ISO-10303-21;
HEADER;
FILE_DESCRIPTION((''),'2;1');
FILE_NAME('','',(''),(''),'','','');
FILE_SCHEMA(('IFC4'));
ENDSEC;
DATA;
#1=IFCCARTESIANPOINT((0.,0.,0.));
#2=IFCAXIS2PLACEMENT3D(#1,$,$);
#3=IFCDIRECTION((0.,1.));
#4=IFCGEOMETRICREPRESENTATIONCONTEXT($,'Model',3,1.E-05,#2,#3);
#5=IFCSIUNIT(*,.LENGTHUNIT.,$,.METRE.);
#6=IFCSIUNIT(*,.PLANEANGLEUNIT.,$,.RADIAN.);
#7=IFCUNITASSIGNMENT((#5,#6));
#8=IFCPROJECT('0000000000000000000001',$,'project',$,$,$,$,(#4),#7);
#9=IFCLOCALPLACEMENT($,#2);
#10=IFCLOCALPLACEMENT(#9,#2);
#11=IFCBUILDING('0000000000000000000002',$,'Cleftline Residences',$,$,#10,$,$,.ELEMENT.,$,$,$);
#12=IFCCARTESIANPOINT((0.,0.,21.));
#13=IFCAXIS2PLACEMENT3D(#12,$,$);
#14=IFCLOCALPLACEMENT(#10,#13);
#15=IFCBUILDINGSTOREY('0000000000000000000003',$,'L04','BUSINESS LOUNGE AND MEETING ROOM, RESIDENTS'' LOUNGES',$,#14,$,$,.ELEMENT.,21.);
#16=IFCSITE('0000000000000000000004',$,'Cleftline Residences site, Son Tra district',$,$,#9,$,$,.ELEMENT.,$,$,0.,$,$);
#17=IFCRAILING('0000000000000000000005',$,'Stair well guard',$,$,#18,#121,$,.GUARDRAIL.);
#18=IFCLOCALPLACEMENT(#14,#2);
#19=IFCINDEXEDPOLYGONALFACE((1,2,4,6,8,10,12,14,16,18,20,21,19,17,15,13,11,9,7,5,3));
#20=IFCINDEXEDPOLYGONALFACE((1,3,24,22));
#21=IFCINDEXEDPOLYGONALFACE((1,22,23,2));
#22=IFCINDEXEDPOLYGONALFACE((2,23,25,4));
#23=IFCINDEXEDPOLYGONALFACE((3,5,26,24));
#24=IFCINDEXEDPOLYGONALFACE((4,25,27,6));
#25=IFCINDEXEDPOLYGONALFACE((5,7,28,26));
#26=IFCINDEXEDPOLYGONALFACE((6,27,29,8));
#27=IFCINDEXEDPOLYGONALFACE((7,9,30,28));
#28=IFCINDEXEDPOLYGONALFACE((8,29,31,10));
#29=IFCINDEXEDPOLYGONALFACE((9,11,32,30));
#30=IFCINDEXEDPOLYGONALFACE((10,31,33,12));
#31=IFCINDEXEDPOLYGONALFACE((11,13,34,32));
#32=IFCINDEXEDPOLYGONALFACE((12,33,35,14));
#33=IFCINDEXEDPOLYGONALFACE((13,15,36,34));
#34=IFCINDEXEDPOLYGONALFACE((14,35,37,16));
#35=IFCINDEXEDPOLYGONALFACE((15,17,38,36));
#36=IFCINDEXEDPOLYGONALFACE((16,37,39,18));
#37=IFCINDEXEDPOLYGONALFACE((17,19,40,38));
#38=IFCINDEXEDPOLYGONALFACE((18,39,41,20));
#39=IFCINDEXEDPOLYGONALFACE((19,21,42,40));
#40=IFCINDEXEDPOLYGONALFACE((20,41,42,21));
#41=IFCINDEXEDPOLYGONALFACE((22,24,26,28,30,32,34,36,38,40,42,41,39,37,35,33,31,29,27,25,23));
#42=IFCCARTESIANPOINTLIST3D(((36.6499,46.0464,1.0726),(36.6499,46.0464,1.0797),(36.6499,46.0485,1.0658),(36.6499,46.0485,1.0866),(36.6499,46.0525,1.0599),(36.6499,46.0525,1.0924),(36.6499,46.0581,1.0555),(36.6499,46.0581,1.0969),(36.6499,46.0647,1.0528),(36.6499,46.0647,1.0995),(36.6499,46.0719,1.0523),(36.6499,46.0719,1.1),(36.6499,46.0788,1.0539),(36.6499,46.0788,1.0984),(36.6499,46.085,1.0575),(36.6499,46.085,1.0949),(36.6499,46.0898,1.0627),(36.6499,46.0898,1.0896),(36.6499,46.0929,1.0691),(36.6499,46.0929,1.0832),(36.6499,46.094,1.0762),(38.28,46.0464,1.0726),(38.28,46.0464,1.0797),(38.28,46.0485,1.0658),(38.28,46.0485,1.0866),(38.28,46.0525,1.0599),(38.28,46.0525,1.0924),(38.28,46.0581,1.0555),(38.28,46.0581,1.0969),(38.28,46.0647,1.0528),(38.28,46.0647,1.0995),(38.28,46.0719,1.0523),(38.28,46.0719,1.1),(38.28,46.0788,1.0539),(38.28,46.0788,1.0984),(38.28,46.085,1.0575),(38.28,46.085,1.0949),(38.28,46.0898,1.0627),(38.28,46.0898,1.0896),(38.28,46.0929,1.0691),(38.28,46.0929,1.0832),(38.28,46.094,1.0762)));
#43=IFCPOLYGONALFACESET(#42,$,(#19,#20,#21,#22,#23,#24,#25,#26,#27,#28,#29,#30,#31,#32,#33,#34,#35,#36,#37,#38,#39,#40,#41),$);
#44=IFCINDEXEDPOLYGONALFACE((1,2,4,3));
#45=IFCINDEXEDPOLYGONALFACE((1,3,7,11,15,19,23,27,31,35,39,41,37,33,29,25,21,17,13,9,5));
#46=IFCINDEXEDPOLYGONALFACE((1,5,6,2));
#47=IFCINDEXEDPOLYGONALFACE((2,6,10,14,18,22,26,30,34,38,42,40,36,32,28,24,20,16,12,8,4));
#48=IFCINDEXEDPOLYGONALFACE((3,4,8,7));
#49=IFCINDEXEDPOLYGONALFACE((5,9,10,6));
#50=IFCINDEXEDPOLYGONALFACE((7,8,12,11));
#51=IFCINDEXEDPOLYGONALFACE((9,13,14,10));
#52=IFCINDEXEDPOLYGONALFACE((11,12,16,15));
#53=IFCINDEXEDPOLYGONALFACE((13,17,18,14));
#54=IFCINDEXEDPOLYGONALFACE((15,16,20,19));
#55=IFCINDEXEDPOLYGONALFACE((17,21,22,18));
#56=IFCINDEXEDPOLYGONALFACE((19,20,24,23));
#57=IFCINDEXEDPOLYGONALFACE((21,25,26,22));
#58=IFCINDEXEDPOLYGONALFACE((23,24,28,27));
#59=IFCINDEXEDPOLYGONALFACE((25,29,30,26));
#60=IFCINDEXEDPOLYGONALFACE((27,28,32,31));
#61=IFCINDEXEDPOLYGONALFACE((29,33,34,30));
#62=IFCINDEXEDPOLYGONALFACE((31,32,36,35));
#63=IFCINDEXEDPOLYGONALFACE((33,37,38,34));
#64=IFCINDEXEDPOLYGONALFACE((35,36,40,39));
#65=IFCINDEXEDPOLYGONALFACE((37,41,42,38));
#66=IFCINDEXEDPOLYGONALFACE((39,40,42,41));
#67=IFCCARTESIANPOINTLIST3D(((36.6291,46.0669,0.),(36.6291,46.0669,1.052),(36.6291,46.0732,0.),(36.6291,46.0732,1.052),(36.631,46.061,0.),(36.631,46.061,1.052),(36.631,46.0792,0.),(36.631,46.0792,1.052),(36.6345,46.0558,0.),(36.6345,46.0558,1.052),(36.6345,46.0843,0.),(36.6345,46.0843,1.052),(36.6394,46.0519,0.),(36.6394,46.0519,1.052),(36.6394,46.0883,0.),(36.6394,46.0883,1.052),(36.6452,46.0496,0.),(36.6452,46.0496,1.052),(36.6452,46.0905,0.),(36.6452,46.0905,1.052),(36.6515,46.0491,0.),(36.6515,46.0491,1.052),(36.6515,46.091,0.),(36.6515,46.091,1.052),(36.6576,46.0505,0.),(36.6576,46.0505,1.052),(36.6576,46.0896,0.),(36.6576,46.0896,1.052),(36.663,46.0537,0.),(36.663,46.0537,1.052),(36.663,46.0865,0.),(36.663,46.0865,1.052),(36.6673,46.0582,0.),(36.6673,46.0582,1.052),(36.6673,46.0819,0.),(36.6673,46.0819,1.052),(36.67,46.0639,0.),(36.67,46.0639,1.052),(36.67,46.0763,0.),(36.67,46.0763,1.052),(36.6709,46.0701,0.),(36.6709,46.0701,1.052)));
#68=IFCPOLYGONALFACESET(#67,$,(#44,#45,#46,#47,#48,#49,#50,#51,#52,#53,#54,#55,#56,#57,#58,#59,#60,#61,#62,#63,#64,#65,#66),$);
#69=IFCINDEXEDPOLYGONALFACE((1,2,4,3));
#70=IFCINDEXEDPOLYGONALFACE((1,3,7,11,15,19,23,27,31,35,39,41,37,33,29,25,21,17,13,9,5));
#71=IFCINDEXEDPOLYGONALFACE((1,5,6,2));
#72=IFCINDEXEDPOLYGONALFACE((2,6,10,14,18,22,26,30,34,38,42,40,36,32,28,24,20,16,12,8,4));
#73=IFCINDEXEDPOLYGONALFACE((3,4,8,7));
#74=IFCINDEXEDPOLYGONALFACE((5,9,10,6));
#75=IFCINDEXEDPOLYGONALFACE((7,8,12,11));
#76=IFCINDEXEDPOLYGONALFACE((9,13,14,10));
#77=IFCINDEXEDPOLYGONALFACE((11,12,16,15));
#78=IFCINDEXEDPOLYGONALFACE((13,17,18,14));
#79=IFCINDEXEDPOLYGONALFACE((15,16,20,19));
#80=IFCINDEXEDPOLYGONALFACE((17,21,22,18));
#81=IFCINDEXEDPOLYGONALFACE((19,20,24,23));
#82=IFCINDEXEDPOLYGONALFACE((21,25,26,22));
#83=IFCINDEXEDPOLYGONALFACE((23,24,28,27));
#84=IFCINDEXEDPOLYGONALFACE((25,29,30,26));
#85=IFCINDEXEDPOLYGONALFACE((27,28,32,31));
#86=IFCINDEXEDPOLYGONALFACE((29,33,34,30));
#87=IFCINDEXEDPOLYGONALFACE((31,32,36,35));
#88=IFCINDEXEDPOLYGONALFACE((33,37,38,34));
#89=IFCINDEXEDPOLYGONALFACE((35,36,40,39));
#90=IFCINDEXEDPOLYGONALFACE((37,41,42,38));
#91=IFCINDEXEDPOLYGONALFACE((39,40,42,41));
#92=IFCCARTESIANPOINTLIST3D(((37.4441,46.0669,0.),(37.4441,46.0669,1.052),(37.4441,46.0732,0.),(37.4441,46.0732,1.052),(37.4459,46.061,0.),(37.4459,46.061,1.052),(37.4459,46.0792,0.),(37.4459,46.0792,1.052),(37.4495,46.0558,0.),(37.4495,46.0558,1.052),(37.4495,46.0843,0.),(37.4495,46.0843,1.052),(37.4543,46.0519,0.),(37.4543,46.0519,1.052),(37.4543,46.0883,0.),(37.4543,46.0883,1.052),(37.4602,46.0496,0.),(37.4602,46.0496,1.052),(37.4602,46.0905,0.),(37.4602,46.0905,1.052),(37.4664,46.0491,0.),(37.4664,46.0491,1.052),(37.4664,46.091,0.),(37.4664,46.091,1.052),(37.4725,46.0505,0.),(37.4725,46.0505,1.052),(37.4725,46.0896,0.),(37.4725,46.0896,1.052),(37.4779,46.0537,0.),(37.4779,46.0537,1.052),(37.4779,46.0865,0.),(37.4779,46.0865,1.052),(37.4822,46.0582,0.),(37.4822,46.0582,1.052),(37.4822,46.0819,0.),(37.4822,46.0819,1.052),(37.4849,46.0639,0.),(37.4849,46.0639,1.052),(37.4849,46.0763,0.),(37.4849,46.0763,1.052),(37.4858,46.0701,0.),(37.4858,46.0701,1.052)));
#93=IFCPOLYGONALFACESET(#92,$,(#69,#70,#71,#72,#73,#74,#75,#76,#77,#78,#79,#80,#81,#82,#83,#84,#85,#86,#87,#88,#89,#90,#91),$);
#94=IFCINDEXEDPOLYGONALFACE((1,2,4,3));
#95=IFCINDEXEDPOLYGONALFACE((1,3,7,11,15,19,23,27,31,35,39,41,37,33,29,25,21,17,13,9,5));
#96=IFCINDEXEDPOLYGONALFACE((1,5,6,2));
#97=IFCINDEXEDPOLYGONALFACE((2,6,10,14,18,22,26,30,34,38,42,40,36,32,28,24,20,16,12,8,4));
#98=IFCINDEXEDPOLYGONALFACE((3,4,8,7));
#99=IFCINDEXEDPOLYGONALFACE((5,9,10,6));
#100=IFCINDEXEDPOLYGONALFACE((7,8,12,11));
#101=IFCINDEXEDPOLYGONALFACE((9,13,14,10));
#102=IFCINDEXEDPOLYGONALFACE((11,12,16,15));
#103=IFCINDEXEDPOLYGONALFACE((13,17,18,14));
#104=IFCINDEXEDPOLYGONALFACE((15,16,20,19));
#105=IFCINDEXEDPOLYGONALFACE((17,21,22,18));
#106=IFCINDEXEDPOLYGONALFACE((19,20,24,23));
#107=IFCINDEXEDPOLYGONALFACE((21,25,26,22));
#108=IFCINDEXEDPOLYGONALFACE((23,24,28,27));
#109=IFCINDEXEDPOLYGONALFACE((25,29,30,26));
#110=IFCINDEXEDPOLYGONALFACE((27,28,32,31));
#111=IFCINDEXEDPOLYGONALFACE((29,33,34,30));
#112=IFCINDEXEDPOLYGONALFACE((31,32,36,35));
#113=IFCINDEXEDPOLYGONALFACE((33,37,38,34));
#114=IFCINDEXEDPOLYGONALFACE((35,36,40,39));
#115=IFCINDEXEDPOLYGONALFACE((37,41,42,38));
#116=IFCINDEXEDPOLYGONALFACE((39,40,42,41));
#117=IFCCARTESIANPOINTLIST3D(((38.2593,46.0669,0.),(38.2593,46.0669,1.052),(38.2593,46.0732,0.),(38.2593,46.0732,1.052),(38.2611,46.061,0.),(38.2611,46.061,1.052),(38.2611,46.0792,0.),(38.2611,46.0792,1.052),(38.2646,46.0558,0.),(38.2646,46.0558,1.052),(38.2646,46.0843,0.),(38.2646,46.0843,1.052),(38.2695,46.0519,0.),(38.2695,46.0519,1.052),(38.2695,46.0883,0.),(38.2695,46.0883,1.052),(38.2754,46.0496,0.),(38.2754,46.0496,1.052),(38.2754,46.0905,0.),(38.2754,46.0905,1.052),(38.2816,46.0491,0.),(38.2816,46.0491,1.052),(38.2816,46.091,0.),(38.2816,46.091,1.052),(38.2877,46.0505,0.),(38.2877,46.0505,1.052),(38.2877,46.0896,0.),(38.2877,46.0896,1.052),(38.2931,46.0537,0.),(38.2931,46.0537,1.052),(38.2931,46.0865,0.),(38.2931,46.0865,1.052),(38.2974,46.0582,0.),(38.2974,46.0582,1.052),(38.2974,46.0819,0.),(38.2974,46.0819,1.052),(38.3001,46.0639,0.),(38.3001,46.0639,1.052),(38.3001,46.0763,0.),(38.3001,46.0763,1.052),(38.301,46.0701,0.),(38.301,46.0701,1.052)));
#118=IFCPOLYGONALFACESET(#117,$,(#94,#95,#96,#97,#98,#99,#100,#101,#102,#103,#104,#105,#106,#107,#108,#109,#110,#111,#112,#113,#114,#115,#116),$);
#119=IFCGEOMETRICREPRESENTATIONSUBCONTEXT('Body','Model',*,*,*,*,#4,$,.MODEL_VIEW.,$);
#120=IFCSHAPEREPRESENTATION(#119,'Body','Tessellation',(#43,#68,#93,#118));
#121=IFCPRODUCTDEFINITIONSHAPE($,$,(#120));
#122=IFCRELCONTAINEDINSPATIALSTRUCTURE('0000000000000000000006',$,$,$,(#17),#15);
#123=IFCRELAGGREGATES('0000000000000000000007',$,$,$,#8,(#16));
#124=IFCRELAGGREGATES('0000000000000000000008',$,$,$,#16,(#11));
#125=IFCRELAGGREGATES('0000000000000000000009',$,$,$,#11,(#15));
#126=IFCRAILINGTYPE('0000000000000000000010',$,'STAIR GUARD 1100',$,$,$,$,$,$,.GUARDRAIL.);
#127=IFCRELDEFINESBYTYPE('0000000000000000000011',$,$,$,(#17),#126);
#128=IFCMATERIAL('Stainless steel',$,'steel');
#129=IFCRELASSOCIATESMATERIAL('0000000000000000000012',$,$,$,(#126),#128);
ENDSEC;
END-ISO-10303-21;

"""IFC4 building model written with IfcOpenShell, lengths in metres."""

from ifc_helpers import new_model, si_unit, direction, frame, origin, origin_2d, place, context, subcontext, project, spatial, circle, extrude, material, type_object, element, save


model = new_model("IFC4")

# Units and contexts
model_context = context("Model", 3, precision=1e-05, world=origin(), true_north=direction((0.0, 1.0)))
body_context = subcontext(model_context, "Body", "Model", "MODEL_VIEW")
ifc_project = project(units=[si_unit("LENGTHUNIT", "METRE"), si_unit("PLANEANGLEUNIT", "RADIAN")], contexts=[model_context])

# Site, building, storey
site_placement = place(None, origin())
site = spatial("IfcSite", under=ifc_project, at=site_placement, Name="Cleftline Residences site, Son Tra district", CompositionType="ELEMENT", RefElevation=0.0)
building_placement = place(site_placement, origin())
building = spatial("IfcBuilding", under=site, at=building_placement, Name="Cleftline Residences", CompositionType="ELEMENT")
storey_placement = place(building_placement, frame((0.0, 0.0, 21.0)))
storey = spatial("IfcBuildingStorey", under=building, at=storey_placement, Name="L04", Description="BUSINESS LOUNGE AND MEETING ROOM, RESIDENTS' LOUNGES", CompositionType="ELEMENT", Elevation=21.0)

# Railing
ifc_material_1 = material(Name="Stainless steel", Category="steel")
railing_type_1 = type_object("IfcRailingType", Name="STAIR GUARD 1100", PredefinedType="GUARDRAIL", material=ifc_material_1)
railing_1_placement = place(storey_placement, frame((36.6499, 46.0701, 0.0)))
element("IfcRailing", 1, at=railing_1_placement, inside=storey, type_object=railing_type_1, Name="Stair well guard", PredefinedType="GUARDRAIL", context=body_context, shape_type="SweptSolid", body=[
    extrude(circle(Radius=0.0239, at=origin_2d()), frame((0.0, 0.0, 1.0762), z_axis=(1.0, 0.0, 0.0), x_axis=(0.0, 1.0, 0.0)), (0.0, 0.0, 1.0), 1.6301),
    extrude(circle(Radius=0.021, at=origin_2d()), origin(), (0.0, 0.0, 1.0), 1.052),
    extrude(circle(Radius=0.021, at=origin_2d()), frame((0.8149, 0.0, 0.0)), (0.0, 0.0, 1.0), 1.052),
    extrude(circle(Radius=0.021, at=origin_2d()), frame((1.6301, 0.0, 0.0)), (0.0, 0.0, 1.0), 1.052),
])

save(model, "model.ifc")
